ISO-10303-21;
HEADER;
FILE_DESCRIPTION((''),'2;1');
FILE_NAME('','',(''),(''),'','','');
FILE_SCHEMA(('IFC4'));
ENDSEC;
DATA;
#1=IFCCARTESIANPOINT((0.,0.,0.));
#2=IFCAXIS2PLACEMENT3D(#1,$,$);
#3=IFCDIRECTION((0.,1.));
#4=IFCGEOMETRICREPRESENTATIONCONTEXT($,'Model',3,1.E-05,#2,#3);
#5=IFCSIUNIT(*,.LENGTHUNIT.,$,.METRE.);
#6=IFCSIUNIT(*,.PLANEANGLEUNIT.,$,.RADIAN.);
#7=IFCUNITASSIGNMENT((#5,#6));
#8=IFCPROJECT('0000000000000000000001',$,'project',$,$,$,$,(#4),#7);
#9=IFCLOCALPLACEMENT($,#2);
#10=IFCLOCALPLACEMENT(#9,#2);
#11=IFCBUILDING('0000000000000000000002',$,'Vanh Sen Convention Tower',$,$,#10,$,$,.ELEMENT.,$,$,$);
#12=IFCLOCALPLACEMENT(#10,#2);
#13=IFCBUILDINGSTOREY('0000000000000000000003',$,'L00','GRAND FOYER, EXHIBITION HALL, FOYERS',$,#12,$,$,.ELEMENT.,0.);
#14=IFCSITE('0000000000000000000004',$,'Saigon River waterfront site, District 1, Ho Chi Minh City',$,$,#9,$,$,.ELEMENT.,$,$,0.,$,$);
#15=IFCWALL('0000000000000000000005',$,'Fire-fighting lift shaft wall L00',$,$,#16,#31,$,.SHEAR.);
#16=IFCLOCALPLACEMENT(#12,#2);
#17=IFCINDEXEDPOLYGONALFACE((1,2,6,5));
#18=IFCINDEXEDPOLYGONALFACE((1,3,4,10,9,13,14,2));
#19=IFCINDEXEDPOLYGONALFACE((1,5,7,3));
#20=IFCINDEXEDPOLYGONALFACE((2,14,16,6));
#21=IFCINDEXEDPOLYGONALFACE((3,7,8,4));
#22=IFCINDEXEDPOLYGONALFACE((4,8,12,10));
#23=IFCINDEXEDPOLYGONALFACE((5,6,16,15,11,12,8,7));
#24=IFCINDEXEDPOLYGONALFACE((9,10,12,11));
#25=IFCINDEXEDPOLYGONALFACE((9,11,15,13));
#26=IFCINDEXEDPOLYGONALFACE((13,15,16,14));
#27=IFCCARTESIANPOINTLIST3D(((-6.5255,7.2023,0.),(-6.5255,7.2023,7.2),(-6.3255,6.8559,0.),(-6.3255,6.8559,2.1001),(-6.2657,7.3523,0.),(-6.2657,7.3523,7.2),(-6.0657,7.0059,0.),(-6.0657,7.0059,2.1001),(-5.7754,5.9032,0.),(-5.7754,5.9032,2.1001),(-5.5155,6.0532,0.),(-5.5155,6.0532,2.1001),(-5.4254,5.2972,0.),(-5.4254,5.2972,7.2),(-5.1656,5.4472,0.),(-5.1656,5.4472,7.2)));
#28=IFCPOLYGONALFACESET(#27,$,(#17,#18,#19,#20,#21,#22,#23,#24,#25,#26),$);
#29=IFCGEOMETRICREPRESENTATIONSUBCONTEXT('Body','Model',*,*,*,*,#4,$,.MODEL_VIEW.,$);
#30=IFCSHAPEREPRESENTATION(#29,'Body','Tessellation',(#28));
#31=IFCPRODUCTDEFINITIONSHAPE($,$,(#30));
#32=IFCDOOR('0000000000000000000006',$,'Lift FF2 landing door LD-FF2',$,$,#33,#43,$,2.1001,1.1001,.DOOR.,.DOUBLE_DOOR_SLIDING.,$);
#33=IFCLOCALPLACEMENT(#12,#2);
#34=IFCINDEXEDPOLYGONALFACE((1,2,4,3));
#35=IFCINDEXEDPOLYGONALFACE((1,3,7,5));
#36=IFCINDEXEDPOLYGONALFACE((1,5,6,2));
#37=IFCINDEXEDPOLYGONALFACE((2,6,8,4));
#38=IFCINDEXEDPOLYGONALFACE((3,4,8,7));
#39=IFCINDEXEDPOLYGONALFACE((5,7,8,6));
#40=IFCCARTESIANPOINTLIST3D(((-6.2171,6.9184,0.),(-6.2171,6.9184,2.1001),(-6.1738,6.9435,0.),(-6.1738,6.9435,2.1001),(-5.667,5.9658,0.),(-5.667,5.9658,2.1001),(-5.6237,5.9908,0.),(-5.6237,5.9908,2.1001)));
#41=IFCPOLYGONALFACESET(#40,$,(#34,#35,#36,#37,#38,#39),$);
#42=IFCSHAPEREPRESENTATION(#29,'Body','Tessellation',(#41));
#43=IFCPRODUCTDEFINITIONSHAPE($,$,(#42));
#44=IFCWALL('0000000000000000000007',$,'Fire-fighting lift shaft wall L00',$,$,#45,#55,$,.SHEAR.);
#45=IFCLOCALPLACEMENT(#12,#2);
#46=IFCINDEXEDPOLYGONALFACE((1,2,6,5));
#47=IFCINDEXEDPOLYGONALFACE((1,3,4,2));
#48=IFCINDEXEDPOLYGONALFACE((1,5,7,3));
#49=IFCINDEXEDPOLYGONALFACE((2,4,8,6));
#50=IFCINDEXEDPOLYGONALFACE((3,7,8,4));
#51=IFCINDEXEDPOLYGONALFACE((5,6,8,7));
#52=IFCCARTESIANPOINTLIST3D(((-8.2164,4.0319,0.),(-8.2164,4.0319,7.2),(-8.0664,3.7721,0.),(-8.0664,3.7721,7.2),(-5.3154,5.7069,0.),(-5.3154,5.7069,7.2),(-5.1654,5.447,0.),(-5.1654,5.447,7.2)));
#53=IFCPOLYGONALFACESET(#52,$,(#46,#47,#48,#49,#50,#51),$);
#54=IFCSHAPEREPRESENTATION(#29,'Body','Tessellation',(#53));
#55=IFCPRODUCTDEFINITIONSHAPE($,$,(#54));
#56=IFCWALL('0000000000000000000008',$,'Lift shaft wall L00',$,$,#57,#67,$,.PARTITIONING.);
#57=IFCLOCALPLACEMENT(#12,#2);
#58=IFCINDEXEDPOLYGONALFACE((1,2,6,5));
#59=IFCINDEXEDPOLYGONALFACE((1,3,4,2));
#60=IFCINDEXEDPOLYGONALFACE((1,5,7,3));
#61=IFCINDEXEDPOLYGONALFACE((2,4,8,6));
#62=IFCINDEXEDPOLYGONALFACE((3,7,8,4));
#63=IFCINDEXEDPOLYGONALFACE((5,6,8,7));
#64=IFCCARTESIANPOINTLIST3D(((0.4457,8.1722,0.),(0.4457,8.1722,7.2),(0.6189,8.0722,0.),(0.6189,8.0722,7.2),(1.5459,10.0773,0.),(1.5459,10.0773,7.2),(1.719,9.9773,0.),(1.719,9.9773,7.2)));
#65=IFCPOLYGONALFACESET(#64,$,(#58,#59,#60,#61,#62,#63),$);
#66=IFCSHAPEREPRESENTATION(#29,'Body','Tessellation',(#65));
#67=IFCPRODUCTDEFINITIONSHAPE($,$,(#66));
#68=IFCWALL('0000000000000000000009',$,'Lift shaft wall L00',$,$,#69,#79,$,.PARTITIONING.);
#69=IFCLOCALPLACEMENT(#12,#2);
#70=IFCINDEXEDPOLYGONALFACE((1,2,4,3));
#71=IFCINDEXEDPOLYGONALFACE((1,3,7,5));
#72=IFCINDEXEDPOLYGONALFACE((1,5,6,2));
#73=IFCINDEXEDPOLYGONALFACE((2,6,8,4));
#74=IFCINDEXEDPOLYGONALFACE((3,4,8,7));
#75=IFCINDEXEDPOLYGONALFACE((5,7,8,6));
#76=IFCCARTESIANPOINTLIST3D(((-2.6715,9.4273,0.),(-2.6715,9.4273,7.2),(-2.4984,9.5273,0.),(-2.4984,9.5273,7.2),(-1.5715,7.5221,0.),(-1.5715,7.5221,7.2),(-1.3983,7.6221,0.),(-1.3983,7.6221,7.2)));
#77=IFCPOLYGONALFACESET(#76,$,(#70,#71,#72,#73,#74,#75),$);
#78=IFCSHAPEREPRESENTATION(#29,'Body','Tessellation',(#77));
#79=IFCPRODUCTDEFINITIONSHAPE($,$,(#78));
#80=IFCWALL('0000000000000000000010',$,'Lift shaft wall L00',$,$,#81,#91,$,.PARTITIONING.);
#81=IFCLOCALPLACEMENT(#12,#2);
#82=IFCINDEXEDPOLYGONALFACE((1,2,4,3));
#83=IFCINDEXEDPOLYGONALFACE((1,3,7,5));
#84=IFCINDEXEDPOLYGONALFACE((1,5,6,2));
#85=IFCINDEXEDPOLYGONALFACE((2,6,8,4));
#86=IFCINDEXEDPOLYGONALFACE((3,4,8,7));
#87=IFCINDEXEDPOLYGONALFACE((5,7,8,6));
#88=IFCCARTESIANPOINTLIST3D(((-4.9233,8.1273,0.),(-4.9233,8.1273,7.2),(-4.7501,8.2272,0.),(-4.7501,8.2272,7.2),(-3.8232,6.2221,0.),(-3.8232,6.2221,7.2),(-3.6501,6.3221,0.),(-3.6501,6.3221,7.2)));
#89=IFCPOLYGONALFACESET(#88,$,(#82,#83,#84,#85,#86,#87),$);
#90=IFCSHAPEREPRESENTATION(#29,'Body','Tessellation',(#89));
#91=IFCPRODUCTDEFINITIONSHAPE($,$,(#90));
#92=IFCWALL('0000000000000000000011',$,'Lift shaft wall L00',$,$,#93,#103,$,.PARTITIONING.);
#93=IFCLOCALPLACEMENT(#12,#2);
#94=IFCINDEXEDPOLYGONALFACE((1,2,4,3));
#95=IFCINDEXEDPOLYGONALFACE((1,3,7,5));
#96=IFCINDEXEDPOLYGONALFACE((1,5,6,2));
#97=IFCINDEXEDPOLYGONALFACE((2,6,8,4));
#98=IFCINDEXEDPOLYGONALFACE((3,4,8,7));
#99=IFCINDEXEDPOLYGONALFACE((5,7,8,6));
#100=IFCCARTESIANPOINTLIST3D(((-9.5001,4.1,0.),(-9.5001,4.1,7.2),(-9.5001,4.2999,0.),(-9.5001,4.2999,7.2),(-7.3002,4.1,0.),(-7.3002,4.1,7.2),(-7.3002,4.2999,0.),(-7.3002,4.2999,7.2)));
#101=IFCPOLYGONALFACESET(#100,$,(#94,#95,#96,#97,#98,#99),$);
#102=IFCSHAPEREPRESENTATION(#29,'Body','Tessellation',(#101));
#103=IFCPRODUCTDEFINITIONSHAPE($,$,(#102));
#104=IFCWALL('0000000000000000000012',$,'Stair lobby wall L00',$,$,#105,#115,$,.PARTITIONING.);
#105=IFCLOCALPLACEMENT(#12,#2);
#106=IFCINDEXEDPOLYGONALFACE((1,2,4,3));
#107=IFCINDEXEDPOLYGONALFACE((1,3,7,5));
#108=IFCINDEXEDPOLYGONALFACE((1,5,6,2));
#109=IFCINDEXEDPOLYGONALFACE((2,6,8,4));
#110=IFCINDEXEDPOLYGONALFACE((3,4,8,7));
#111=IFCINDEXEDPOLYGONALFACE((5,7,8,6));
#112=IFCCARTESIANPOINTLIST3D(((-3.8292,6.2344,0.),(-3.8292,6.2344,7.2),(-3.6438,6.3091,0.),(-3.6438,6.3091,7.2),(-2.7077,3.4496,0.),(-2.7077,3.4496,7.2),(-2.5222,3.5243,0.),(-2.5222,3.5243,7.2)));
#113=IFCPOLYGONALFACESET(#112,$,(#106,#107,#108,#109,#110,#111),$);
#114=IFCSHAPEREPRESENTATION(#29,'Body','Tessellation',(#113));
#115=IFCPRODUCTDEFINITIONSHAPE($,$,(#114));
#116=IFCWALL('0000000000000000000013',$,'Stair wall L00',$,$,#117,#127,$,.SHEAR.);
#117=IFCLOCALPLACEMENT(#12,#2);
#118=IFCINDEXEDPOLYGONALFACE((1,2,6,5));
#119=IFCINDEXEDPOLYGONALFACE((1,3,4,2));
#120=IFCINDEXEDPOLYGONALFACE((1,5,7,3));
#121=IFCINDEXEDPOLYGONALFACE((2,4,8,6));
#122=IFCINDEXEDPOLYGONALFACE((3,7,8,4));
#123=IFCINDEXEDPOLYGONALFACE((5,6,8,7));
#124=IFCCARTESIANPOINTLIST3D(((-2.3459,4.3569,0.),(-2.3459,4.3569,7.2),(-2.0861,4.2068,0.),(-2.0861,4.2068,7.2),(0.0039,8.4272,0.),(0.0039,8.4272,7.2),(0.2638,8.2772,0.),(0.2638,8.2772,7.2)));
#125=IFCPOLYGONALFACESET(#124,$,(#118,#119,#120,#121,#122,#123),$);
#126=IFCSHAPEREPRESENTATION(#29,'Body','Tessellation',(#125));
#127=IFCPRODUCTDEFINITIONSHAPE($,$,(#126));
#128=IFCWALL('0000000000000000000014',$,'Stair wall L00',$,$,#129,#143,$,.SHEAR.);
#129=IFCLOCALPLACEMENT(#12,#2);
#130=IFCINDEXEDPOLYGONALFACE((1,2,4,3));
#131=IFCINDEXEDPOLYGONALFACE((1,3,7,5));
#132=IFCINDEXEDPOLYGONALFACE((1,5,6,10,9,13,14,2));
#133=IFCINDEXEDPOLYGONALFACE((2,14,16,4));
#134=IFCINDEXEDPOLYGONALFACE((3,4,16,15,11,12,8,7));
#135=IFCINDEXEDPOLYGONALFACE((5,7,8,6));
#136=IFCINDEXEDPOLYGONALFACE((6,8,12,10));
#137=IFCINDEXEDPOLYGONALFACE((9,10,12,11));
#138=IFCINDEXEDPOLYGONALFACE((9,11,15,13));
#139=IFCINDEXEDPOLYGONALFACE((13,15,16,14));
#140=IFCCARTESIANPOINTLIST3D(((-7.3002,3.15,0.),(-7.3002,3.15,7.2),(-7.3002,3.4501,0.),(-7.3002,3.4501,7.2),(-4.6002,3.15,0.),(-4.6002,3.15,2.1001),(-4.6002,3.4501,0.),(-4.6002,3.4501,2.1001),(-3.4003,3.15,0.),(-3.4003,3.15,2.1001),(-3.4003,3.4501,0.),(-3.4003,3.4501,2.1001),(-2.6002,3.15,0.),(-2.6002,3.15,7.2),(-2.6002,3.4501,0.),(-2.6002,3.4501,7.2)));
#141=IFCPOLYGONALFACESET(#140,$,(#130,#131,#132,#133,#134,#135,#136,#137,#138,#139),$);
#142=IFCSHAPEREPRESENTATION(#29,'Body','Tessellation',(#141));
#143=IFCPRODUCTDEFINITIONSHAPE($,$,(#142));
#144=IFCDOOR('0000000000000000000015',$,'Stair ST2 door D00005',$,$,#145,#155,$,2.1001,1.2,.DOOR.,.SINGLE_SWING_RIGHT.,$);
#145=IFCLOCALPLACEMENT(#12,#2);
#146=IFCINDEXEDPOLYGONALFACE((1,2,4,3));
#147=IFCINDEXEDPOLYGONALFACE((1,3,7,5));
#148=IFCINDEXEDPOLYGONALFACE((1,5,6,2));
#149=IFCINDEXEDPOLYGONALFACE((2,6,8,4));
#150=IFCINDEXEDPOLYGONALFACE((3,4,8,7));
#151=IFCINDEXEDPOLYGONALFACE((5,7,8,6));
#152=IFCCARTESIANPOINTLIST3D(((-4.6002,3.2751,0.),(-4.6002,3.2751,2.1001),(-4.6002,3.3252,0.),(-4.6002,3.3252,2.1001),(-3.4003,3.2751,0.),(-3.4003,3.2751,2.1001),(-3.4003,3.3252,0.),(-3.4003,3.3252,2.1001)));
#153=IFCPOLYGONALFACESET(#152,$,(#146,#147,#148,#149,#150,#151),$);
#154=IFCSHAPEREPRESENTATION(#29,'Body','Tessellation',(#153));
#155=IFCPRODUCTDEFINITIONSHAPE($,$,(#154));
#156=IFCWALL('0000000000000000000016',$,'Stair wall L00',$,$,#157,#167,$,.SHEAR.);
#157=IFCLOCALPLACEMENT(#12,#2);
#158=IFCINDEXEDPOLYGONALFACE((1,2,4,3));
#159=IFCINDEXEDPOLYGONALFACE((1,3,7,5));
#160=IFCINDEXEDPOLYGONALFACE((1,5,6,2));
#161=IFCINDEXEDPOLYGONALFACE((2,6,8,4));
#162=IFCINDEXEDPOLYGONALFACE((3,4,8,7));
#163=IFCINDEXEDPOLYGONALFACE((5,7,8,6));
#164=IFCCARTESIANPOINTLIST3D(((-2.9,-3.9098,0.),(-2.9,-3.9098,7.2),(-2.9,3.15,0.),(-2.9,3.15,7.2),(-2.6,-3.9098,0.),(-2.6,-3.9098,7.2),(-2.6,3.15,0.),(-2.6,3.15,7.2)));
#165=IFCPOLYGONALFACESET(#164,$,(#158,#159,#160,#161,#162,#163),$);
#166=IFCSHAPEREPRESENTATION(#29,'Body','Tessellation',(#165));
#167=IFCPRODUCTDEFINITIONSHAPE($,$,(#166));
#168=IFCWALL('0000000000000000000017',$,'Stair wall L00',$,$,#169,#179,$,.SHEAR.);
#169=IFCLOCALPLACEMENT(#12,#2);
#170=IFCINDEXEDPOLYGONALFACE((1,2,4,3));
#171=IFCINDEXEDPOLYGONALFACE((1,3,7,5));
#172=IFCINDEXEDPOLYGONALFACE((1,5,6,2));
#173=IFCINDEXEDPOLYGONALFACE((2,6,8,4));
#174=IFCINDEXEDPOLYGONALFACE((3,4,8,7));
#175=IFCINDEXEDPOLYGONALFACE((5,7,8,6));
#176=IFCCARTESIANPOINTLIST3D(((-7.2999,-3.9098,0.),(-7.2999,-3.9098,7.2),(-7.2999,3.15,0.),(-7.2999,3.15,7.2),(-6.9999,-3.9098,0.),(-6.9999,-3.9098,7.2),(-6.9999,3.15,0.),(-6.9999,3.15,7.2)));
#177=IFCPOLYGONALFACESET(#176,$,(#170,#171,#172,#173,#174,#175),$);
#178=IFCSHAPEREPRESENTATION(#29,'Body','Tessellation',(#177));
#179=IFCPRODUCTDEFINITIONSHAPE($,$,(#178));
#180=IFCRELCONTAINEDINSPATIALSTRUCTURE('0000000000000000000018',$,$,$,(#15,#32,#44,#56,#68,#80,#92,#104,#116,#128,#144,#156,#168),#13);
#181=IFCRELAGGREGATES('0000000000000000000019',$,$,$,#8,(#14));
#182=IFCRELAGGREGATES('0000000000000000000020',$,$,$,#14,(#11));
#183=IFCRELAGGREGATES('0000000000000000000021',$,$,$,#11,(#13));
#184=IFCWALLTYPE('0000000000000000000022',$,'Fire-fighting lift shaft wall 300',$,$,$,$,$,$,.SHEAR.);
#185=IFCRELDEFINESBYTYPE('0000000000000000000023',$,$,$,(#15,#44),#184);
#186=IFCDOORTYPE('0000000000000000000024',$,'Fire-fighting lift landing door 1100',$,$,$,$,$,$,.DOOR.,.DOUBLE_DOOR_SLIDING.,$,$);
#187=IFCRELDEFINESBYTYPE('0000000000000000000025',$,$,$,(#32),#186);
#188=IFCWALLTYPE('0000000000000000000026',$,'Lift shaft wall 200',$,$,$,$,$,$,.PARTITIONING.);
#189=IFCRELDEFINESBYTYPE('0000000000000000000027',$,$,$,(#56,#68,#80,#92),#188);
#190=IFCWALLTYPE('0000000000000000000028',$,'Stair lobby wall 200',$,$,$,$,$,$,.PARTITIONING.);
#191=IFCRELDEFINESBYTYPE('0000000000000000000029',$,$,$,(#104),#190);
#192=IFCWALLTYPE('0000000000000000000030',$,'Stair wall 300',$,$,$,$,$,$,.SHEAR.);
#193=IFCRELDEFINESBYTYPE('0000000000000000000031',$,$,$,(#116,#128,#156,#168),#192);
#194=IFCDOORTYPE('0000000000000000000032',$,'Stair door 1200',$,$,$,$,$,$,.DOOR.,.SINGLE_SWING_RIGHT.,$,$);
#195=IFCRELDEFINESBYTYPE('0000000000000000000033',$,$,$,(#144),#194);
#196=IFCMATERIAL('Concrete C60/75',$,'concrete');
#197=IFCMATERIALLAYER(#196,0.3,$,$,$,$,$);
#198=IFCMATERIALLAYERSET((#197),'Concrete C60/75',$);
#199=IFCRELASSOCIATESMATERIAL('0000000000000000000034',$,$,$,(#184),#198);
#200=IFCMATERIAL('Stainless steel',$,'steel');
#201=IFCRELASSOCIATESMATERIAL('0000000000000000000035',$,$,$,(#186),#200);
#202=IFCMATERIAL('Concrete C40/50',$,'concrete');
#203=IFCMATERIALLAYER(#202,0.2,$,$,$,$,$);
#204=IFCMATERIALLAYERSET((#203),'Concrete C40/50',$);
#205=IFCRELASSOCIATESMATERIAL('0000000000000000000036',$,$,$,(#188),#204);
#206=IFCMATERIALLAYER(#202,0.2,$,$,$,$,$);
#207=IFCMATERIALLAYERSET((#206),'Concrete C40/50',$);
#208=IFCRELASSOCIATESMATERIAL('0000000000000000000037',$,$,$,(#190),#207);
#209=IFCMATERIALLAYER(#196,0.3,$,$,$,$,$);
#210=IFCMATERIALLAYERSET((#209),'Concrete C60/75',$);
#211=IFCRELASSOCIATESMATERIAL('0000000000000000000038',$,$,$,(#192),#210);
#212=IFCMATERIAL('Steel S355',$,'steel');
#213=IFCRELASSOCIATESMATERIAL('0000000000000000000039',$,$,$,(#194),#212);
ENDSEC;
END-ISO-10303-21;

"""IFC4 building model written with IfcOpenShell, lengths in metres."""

from ifc_helpers import new_model, si_unit, direction, frame, frame_2d, origin, place, context, subcontext, project, spatial, rectangle, extrude, material, layer, layer_set, type_object, element, fill, save


model = new_model("IFC4")

# Units and contexts
model_context = context("Model", 3, precision=1e-05, world=origin(), true_north=direction((0.0, 1.0)))
body_context = subcontext(model_context, "Body", "Model", "MODEL_VIEW")
ifc_project = project(units=[si_unit("LENGTHUNIT", "METRE"), si_unit("PLANEANGLEUNIT", "RADIAN")], contexts=[model_context])

# Site, building, storey
site_placement = place(None, origin())
site = spatial("IfcSite", under=ifc_project, at=site_placement, Name="Saigon River waterfront site, District 1, Ho Chi Minh City", CompositionType="ELEMENT", RefElevation=0.0)
building_placement = place(site_placement, origin())
building = spatial("IfcBuilding", under=site, at=building_placement, Name="Vanh Sen Convention Tower", CompositionType="ELEMENT")
storey_placement = place(building_placement, origin())
storey = spatial("IfcBuildingStorey", under=building, at=storey_placement, Name="L00", Description="GRAND FOYER, EXHIBITION HALL, FOYERS", CompositionType="ELEMENT", Elevation=0.0)

# Shared definitions
ifc_material_1 = material(Name="Concrete C40/50", Category="concrete")

# Wall, opening, door
ifc_material_2 = material(Name="Concrete C60/75", Category="concrete")
ifc_layer_1 = layer(ifc_material_2, 0.3)
ifc_layer_set_1 = layer_set([ifc_layer_1], Name="Concrete C60/75")
wall_type_1 = type_object("IfcWallType", Name="Fire-fighting lift shaft wall 300", PredefinedType="SHEAR", material=ifc_layer_set_1)
wall_1_placement = place(storey_placement, frame((-5.2954, 5.3721, 0.0), z_axis=(0.0, 0.0, 1.0), x_axis=(-0.500078, 0.86598, 0.0)))
wall_1 = element("IfcWall", 1, at=wall_1_placement, inside=storey, type_object=wall_type_1, Name="Fire-fighting lift shaft wall L00", PredefinedType="SHEAR", context=body_context, shape_type="SweptSolid", body=[
    extrude(rectangle(XDim=2.2, YDim=0.3, at=frame_2d((1.1001, 0.0))), origin(), (0.0, 0.0, 1.0), 7.2),
])
opening_1_placement = place(wall_1_placement, frame((0.7, 0.0, 0.0)))
opening_1 = element("IfcOpeningElement", 2, at=opening_1_placement, cuts=wall_1, PredefinedType="OPENING", context=body_context, shape_type="SweptSolid", body=[
    extrude(rectangle(XDim=1.1001, YDim=2.1001, at=frame_2d((0.55, 1.05))), frame((0.0, 0.1599, 0.0), z_axis=(0.0, -1.0, 0.0), x_axis=(1.0, 0.0, 0.0)), (0.0, 0.0, 1.0), 0.3201),
])
ifc_material_3 = material(Name="Stainless steel", Category="steel")
door_type_1 = type_object("IfcDoorType", Name="Fire-fighting lift landing door 1100", OperationType="DOUBLE_DOOR_SLIDING", PredefinedType="DOOR", material=ifc_material_3)
door_1_placement = place(opening_1_placement, origin())
door_1 = element("IfcDoor", 3, at=door_1_placement, inside=storey, type_object=door_type_1, Name="Lift FF2 landing door LD-FF2", OperationType="DOUBLE_DOOR_SLIDING", OverallHeight=2.1001, OverallWidth=1.1001, PredefinedType="DOOR", context=body_context, shape_type="SweptSolid", body=[
    extrude(rectangle(XDim=1.1001, YDim=2.1001, at=frame_2d((0.55, 1.05))), frame((0.0, 0.0249, 0.0), z_axis=(0.0, -1.0, 0.0), x_axis=(1.0, 0.0, 0.0)), (0.0, 0.0, 1.0), 0.05),
])
fill(opening_1, door_1)

# Walls
wall_2_placement = place(storey_placement, frame((-5.2405, 5.5769, 0.0), z_axis=(0.0, 0.0, 1.0), x_axis=(-0.866014, -0.500019, 0.0)))
element("IfcWall", 4, at=wall_2_placement, inside=storey, type_object=wall_type_1, Name="Fire-fighting lift shaft wall L00", PredefinedType="SHEAR", context=body_context, shape_type="SweptSolid", body=[
    extrude(rectangle(XDim=3.3499, YDim=0.3, at=frame_2d((1.6748, 0.0))), origin(), (0.0, 0.0, 1.0), 7.2),
])
ifc_layer_2 = layer(ifc_material_1, 0.2)
ifc_layer_set_2 = layer_set([ifc_layer_2], Name="Concrete C40/50")
wall_type_2 = type_object("IfcWallType", Name="Lift shaft wall 200", PredefinedType="PARTITIONING", material=ifc_layer_set_2)
for number, where, z_axis, x_axis, name in (
    (5, (0.5322, 8.1221, 0.0), (0.0, 0.0, 1.0), (0.500078, 0.86598, 0.0), "Lift shaft wall L00"),
    (6, (-1.4849, 7.572, 0.0), (0.0, 0.0, 1.0), (-0.50003, 0.866008, 0.0), "Lift shaft wall L00"),
    (7, (-3.7366, 6.272, 0.0), (0.0, 0.0, 1.0), (-0.50003, 0.866008, 0.0), "Lift shaft wall L00"),
    (8, (-7.3, 4.2, 0.0), (0.0, 0.0, 1.0), (-1.0, 0.0, 0.0), "Lift shaft wall L00"),
):
    element("IfcWall", number, at=place(storey_placement, frame(where, z_axis=z_axis, x_axis=x_axis)), inside=storey, type_object=wall_type_2, Name=name, PredefinedType="PARTITIONING", context=body_context, shape_type="SweptSolid", body=[
        extrude(rectangle(XDim=2.2, YDim=0.2, at=frame_2d((1.1001, 0.0))), origin(), (0.0, 0.0, 1.0), 7.2),
    ])
ifc_layer_3 = layer(ifc_material_1, 0.2)
ifc_layer_set_3 = layer_set([ifc_layer_3], Name="Concrete C40/50")
wall_type_3 = type_object("IfcWallType", Name="Stair lobby wall 200", PredefinedType="PARTITIONING", material=ifc_layer_set_3)
wall_3_placement = place(storey_placement, frame((-2.615, 3.4871, 0.0), z_axis=(0.0, 0.0, 1.0), x_axis=(-0.373577, 0.927599, 0.0)))
element("IfcWall", 9, at=wall_3_placement, inside=storey, type_object=wall_type_3, Name="Stair lobby wall L00", PredefinedType="PARTITIONING", context=body_context, shape_type="SweptSolid", body=[
    extrude(rectangle(XDim=3.0022, YDim=0.2, at=frame_2d((1.501, 0.0))), origin(), (0.0, 0.0, 1.0), 7.2),
])
ifc_layer_4 = layer(ifc_material_2, 0.3)
ifc_layer_set_4 = layer_set([ifc_layer_4], Name="Concrete C60/75")
wall_type_4 = type_object("IfcWallType", Name="Stair wall 300", PredefinedType="SHEAR", material=ifc_layer_set_4)
wall_4_placement = place(storey_placement, frame((-2.2161, 4.2817, 0.0), z_axis=(0.0, 0.0, 1.0), x_axis=(0.499977, 0.866039, 0.0)))
element("IfcWall", 10, at=wall_4_placement, inside=storey, type_object=wall_type_4, Name="Stair wall L00", PredefinedType="SHEAR", context=body_context, shape_type="SweptSolid", body=[
    extrude(rectangle(XDim=4.7, YDim=0.3, at=frame_2d((2.3501, 0.0))), origin(), (0.0, 0.0, 1.0), 7.2),
])

# Wall, opening, door
wall_5_placement = place(storey_placement, frame((-2.6001, 3.3, 0.0), z_axis=(0.0, 0.0, 1.0), x_axis=(-1.0, 0.0, 0.0)))
wall_5 = element("IfcWall", 11, at=wall_5_placement, inside=storey, type_object=wall_type_4, Name="Stair wall L00", PredefinedType="SHEAR", context=body_context, shape_type="SweptSolid", body=[
    extrude(rectangle(XDim=4.7, YDim=0.3, at=frame_2d((2.3501, 0.0))), origin(), (0.0, 0.0, 1.0), 7.2),
])
opening_2_placement = place(wall_5_placement, frame((0.8, 0.0, 0.0)))
opening_2 = element("IfcOpeningElement", 12, at=opening_2_placement, cuts=wall_5, PredefinedType="OPENING", context=body_context, shape_type="SweptSolid", body=[
    extrude(rectangle(XDim=1.2, YDim=2.1001, at=frame_2d((0.6001, 1.05))), frame((0.0, 0.1599, 0.0), z_axis=(0.0, -1.0, 0.0), x_axis=(1.0, 0.0, 0.0)), (0.0, 0.0, 1.0), 0.3201),
])
ifc_material_4 = material(Name="Steel S355", Category="steel")
door_type_2 = type_object("IfcDoorType", Name="Stair door 1200", OperationType="SINGLE_SWING_RIGHT", PredefinedType="DOOR", material=ifc_material_4)
door_2_placement = place(opening_2_placement, origin())
door_2 = element("IfcDoor", 13, at=door_2_placement, inside=storey, type_object=door_type_2, Name="Stair ST2 door D00005", OperationType="SINGLE_SWING_RIGHT", OverallHeight=2.1001, OverallWidth=1.2, PredefinedType="DOOR", context=body_context, shape_type="SweptSolid", body=[
    extrude(rectangle(XDim=1.2, YDim=2.1001, at=frame_2d((0.6001, 1.05))), frame((0.0, 0.0249, 0.0), z_axis=(0.0, -1.0, 0.0), x_axis=(1.0, 0.0, 0.0)), (0.0, 0.0, 1.0), 0.05),
])
fill(opening_2, door_2)

# Walls
for number, where, z_axis, x_axis, name in (
    (14, (-2.75, 3.1499, 0.0), (0.0, 0.0, 1.0), (0.0, -1.0, 0.0), "Stair wall L00"),
    (15, (-7.1499, 3.1499, 0.0), (0.0, 0.0, 1.0), (0.0, -1.0, 0.0), "Stair wall L00"),
):
    element("IfcWall", number, at=place(storey_placement, frame(where, z_axis=z_axis, x_axis=x_axis)), inside=storey, type_object=wall_type_4, Name=name, PredefinedType="SHEAR", context=body_context, shape_type="SweptSolid", body=[
        extrude(rectangle(XDim=7.0598, YDim=0.3, at=frame_2d((3.5298, 0.0))), origin(), (0.0, 0.0, 1.0), 7.2),
    ])

save(model, "model.ifc")
